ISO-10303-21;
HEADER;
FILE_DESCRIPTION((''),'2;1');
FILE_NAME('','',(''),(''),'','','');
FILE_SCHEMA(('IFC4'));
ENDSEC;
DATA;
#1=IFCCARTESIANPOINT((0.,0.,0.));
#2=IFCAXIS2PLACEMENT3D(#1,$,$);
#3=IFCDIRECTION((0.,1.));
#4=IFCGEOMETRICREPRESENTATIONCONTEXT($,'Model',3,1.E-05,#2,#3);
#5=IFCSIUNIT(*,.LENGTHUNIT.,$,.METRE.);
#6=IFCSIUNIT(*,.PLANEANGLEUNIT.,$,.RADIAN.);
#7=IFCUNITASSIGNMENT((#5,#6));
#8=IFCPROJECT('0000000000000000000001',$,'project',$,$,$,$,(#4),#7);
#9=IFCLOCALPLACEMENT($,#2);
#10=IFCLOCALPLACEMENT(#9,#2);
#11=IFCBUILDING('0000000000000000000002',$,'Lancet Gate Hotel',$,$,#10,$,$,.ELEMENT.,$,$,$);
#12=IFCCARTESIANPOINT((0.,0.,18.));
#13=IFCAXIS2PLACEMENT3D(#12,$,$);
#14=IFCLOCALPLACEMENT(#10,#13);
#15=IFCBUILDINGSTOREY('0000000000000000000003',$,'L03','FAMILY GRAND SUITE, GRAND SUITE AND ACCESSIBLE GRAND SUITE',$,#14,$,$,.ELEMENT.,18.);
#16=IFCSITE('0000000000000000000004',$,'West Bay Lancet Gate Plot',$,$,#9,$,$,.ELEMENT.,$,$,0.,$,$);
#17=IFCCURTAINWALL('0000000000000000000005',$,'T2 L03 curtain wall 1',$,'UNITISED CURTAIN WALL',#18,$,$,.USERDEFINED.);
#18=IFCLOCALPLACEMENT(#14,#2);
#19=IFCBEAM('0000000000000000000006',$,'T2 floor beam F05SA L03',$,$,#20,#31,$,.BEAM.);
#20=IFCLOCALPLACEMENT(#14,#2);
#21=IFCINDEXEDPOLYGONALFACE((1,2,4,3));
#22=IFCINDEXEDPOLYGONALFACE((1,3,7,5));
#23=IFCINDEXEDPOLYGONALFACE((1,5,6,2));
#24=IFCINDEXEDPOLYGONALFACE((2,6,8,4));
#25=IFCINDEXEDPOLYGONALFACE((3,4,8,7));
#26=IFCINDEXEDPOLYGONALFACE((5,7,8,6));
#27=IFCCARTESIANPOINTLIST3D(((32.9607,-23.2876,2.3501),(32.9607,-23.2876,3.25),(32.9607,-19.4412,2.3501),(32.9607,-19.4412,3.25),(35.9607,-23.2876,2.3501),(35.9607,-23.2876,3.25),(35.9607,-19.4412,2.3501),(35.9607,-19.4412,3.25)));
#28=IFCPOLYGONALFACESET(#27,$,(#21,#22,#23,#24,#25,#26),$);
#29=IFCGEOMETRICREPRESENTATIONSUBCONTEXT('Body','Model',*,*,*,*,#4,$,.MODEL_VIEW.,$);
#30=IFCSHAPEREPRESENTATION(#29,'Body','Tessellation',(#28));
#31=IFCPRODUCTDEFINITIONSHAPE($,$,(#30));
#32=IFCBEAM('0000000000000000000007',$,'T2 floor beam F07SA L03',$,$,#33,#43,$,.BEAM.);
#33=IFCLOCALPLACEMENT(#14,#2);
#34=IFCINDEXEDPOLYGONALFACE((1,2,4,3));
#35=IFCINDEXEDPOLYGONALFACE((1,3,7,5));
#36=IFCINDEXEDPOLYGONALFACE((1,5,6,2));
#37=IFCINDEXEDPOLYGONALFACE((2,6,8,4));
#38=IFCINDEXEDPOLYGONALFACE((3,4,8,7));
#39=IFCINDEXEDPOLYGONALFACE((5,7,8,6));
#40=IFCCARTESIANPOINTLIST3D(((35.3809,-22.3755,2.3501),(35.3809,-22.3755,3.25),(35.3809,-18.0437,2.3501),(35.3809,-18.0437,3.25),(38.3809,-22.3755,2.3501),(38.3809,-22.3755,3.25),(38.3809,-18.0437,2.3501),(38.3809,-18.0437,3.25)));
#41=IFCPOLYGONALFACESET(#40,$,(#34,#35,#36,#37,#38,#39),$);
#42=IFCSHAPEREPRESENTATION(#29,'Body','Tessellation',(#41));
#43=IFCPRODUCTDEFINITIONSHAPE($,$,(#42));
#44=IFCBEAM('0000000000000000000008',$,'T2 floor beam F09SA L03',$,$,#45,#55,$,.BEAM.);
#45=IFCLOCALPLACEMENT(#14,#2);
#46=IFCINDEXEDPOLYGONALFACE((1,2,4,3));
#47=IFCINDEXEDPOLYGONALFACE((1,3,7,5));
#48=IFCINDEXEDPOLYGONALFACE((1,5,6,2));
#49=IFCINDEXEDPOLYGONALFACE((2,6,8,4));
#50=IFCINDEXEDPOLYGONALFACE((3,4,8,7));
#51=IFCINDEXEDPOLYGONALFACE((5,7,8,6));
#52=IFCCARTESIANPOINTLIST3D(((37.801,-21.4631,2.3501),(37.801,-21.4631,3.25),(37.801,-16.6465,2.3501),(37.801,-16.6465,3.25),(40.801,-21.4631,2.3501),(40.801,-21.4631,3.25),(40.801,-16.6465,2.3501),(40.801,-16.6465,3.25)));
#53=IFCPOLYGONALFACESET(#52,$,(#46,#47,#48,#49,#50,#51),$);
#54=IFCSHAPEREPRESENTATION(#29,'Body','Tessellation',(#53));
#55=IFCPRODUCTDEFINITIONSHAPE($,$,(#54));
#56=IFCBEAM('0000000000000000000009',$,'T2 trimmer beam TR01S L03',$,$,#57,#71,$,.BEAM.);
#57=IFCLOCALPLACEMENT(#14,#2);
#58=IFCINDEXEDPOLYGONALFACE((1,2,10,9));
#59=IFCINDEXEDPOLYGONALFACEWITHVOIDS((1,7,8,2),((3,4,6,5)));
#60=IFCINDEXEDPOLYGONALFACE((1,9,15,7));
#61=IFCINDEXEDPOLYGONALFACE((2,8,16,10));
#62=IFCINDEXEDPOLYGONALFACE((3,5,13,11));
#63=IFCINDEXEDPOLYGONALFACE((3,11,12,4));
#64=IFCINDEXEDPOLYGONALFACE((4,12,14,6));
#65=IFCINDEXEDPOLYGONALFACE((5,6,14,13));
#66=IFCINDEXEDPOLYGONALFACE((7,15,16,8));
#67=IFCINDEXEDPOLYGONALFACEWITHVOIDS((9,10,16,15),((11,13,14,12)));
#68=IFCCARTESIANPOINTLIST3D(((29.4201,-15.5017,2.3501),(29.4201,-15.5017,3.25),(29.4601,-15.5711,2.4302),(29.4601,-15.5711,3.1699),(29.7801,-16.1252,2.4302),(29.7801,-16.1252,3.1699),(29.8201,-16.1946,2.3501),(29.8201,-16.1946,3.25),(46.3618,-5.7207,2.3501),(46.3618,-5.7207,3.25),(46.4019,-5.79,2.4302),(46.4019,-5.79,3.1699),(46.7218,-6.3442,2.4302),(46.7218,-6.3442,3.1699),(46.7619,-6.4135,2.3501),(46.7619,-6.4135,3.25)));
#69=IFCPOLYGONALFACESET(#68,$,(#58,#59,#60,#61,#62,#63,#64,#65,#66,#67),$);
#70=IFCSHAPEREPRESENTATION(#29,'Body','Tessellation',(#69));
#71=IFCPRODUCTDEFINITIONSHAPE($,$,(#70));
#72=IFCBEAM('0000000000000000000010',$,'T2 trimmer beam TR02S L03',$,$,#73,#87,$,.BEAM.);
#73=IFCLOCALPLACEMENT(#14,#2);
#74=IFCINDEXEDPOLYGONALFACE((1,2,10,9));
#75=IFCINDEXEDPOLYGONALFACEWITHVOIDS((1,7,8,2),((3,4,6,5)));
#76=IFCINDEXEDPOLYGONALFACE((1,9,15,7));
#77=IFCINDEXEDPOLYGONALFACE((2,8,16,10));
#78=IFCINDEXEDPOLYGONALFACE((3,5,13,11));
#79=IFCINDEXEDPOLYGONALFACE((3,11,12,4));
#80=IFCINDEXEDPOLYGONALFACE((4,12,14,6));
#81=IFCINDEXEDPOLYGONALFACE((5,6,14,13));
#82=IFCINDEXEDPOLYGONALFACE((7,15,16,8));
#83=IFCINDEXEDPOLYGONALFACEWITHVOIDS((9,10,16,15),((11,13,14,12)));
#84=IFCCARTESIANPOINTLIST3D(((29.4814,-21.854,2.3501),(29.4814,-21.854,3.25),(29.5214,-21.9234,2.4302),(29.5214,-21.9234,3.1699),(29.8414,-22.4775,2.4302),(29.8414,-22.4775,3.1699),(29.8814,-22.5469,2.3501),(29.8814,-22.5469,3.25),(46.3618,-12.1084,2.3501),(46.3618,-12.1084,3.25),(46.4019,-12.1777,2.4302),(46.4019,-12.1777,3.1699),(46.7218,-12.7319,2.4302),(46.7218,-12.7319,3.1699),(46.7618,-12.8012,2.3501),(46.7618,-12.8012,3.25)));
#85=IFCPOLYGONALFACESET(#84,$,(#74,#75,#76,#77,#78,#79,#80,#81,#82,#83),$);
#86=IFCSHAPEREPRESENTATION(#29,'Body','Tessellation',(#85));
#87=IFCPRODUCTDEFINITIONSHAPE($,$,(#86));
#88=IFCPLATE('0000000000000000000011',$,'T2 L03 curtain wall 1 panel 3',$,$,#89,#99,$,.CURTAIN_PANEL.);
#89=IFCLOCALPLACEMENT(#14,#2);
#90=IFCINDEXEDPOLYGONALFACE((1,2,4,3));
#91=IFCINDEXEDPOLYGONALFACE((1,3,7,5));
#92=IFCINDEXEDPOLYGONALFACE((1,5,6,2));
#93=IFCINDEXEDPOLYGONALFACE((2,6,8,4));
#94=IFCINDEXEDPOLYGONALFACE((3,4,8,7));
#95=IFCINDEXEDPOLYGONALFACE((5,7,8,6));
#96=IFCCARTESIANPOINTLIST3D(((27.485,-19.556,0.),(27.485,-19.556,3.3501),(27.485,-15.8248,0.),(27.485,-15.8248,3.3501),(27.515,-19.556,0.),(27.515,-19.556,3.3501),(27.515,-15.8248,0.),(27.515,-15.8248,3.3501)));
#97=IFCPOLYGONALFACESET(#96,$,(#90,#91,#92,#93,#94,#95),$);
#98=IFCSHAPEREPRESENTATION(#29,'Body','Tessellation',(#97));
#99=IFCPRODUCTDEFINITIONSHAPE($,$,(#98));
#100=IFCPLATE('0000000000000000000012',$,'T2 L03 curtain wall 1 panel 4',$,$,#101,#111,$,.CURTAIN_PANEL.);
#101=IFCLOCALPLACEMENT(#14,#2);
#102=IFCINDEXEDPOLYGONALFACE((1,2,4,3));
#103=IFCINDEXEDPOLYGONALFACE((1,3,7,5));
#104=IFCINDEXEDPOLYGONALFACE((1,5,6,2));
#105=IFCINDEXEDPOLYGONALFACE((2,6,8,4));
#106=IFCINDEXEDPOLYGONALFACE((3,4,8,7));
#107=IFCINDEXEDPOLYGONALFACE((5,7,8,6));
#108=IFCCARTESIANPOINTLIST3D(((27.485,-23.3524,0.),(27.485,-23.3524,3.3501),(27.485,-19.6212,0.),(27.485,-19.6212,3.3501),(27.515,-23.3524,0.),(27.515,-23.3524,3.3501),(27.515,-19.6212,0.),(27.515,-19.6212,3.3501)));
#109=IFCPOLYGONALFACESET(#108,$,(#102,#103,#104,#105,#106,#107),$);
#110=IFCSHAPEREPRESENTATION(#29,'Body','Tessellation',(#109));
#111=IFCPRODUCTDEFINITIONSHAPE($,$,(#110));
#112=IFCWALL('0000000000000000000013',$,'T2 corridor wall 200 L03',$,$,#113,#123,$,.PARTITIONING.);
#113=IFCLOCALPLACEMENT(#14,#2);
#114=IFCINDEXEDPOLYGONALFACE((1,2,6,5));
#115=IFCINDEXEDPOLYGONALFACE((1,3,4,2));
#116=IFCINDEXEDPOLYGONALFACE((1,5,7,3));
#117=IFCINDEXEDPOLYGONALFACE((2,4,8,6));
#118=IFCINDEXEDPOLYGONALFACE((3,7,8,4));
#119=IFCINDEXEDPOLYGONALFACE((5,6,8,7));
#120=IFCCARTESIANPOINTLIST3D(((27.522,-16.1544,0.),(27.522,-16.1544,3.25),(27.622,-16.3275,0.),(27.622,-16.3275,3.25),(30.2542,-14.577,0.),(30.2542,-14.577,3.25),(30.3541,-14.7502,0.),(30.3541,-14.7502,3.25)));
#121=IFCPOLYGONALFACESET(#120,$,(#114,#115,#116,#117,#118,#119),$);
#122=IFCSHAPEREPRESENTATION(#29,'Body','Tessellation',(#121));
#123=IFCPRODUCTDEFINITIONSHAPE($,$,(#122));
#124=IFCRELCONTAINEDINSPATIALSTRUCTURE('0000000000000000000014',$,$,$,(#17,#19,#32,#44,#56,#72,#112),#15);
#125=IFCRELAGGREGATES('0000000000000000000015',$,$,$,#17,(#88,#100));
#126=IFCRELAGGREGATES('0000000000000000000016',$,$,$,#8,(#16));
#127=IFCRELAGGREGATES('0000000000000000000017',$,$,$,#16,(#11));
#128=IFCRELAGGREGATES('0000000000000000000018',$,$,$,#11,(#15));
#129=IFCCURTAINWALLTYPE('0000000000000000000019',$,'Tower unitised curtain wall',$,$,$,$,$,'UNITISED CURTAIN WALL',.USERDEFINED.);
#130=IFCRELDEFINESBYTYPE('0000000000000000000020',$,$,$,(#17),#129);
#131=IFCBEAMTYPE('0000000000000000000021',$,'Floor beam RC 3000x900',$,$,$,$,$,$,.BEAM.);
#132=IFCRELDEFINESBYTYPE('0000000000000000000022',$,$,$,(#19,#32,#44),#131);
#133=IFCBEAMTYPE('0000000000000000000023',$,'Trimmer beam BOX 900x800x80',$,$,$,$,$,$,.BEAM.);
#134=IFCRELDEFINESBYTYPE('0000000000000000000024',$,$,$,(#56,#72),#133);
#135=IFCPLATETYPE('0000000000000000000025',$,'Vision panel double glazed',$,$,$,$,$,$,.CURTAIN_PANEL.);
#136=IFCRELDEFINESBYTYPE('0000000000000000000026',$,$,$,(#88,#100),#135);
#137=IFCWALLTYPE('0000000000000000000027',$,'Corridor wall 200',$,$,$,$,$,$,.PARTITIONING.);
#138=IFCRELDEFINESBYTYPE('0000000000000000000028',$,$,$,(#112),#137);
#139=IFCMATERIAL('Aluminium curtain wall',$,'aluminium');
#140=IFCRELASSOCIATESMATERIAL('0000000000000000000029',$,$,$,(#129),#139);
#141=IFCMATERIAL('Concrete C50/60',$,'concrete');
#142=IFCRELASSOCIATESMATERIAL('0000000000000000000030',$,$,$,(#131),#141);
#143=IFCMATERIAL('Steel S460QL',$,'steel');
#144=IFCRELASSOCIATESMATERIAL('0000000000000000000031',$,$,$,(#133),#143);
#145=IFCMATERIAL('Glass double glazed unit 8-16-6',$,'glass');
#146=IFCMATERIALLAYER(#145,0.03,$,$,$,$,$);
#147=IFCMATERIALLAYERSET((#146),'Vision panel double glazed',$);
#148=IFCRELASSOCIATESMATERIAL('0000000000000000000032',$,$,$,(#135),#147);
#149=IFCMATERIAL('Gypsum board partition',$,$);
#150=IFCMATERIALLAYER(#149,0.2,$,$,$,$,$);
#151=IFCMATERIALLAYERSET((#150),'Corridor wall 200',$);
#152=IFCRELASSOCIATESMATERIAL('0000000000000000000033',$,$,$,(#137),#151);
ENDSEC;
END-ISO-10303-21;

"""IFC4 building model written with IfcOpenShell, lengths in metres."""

from ifc_helpers import new_model, si_unit, direction, frame, frame_2d, origin, origin_2d, place, context, subcontext, project, spatial, rectangle, hollow_rectangle, extrude, material, layer, layer_set, material_profile, profile_set, type_object, element, aggregate, save


model = new_model("IFC4")

# Units and contexts
model_context = context("Model", 3, precision=1e-05, world=origin(), true_north=direction((0.0, 1.0)))
body_context = subcontext(model_context, "Body", "Model", "MODEL_VIEW")
ifc_project = project(units=[si_unit("LENGTHUNIT", "METRE"), si_unit("PLANEANGLEUNIT", "RADIAN")], contexts=[model_context])

# Site, building, storey
site_placement = place(None, origin())
site = spatial("IfcSite", under=ifc_project, at=site_placement, Name="West Bay Lancet Gate Plot", CompositionType="ELEMENT", RefElevation=0.0)
building_placement = place(site_placement, origin())
building = spatial("IfcBuilding", under=site, at=building_placement, Name="Lancet Gate Hotel", CompositionType="ELEMENT")
storey_placement = place(building_placement, frame((0.0, 0.0, 18.0)))
storey = spatial("IfcBuildingStorey", under=building, at=storey_placement, Name="L03", Description="FAMILY GRAND SUITE, GRAND SUITE AND ACCESSIBLE GRAND SUITE", CompositionType="ELEMENT", Elevation=18.0)

# Curtain wall
ifc_material_1 = material(Name="Aluminium curtain wall", Category="aluminium")
curtain_wall_type = type_object("IfcCurtainWallType", Name="Tower unitised curtain wall", ElementType="UNITISED CURTAIN WALL", PredefinedType="USERDEFINED", material=ifc_material_1)
curtain_wall_placement = place(storey_placement, origin())
curtain_wall = element("IfcCurtainWall", 1, at=curtain_wall_placement, inside=storey, type_object=curtain_wall_type, Name="T2 L03 curtain wall 1", ObjectType="UNITISED CURTAIN WALL", PredefinedType="USERDEFINED")

# Beams
ifc_material_2 = material(Name="Concrete C50/60", Category="concrete")
ifc_material_profile_1 = material_profile(ifc_material_2, rectangle(XDim=3.0, YDim=0.8999, at=origin_2d()), Name="RC 3000x900")
ifc_profile_set_1 = profile_set([ifc_material_profile_1], Name="Concrete C50/60")
beam_type_1 = type_object("IfcBeamType", Name="Floor beam RC 3000x900", PredefinedType="BEAM", material=ifc_profile_set_1)
beam_1_placement = place(storey_placement, frame((34.4607, -23.2876, 2.8), z_axis=(0.0, 1.0, 0.0), x_axis=(-1.0, 0.0, 0.0)))
element("IfcBeam", 2, at=beam_1_placement, inside=storey, type_object=beam_type_1, Name="T2 floor beam F05SA L03", PredefinedType="BEAM", context=body_context, shape_type="SweptSolid", body=[
    extrude(rectangle(XDim=3.0, YDim=0.8999, at=origin_2d()), origin(), (0.0, 0.0, 1.0), 3.8464),
])
beam_2_placement = place(storey_placement, frame((36.8809, -22.3755, 2.8), z_axis=(0.0, 1.0, 0.0), x_axis=(-1.0, 0.0, 0.0)))
element("IfcBeam", 3, at=beam_2_placement, inside=storey, type_object=beam_type_1, Name="T2 floor beam F07SA L03", PredefinedType="BEAM", context=body_context, shape_type="SweptSolid", body=[
    extrude(rectangle(XDim=3.0, YDim=0.8999, at=origin_2d()), origin(), (0.0, 0.0, 1.0), 4.3318),
])
beam_3_placement = place(storey_placement, frame((39.301, -21.4631, 2.8), z_axis=(0.0, 1.0, 0.0), x_axis=(-1.0, 0.0, 0.0)))
element("IfcBeam", 4, at=beam_3_placement, inside=storey, type_object=beam_type_1, Name="T2 floor beam F09SA L03", PredefinedType="BEAM", context=body_context, shape_type="SweptSolid", body=[
    extrude(rectangle(XDim=3.0, YDim=0.8999, at=origin_2d()), origin(), (0.0, 0.0, 1.0), 4.8167),
])
ifc_material_3 = material(Name="Steel S460QL", Category="steel")
ifc_material_profile_2 = material_profile(ifc_material_3, hollow_rectangle(XDim=0.8, YDim=0.8999, WallThickness=0.0801, at=origin_2d()), Name="BOX 900x800x80")
ifc_profile_set_2 = profile_set([ifc_material_profile_2], Name="Steel S460QL")
beam_type_2 = type_object("IfcBeamType", Name="Trimmer beam BOX 900x800x80", PredefinedType="BEAM", material=ifc_profile_set_2)
beam_4_placement = place(storey_placement, frame((29.6201, -15.8481, 2.8), z_axis=(0.866031, 0.49999, 0.0), x_axis=(-0.49999, 0.866031, 0.0)))
element("IfcBeam", 5, at=beam_4_placement, inside=storey, type_object=beam_type_2, Name="T2 trimmer beam TR01S L03", PredefinedType="BEAM", context=body_context, shape_type="SweptSolid", body=[
    extrude(hollow_rectangle(XDim=0.8, YDim=0.8999, WallThickness=0.0801, at=origin_2d()), origin(), (0.0, 0.0, 1.0), 19.5625),
])
beam_5_placement = place(storey_placement, frame((29.6814, -22.2004, 2.8), z_axis=(0.866032, 0.499989, 0.0), x_axis=(-0.499989, 0.866032, 0.0)))
element("IfcBeam", 6, at=beam_5_placement, inside=storey, type_object=beam_type_2, Name="T2 trimmer beam TR02S L03", PredefinedType="BEAM", context=body_context, shape_type="SweptSolid", body=[
    extrude(hollow_rectangle(XDim=0.8, YDim=0.8999, WallThickness=0.0801, at=origin_2d()), origin(), (0.0, 0.0, 1.0), 19.4917),
])

# Plates
ifc_material_4 = material(Name="Glass double glazed unit 8-16-6", Category="glass")
ifc_layer_1 = layer(ifc_material_4, 0.03)
ifc_layer_set_1 = layer_set([ifc_layer_1], Name="Vision panel double glazed")
plate_type = type_object("IfcPlateType", Name="Vision panel double glazed", PredefinedType="CURTAIN_PANEL", material=ifc_layer_set_1)
plate_1_placement = place(storey_placement, frame((27.5, -17.6904, 0.0), z_axis=(0.0, 0.0, 1.0), x_axis=(0.0, -1.0, 0.0)))
plate_1 = element("IfcPlate", 7, at=plate_1_placement, type_object=plate_type, Name="T2 L03 curtain wall 1 panel 3", PredefinedType="CURTAIN_PANEL", context=body_context, shape_type="SweptSolid", body=[
    extrude(rectangle(XDim=3.7312, YDim=0.03, at=origin_2d()), origin(), (0.0, 0.0, 1.0), 3.3501),
])
plate_2_placement = place(storey_placement, frame((27.5, -21.4868, 0.0), z_axis=(0.0, 0.0, 1.0), x_axis=(0.0, -1.0, 0.0)))
plate_2 = element("IfcPlate", 8, at=plate_2_placement, type_object=plate_type, Name="T2 L03 curtain wall 1 panel 4", PredefinedType="CURTAIN_PANEL", context=body_context, shape_type="SweptSolid", body=[
    extrude(rectangle(XDim=3.7312, YDim=0.03, at=origin_2d()), origin(), (0.0, 0.0, 1.0), 3.3501),
])
aggregate(curtain_wall, [plate_1, plate_2])

# Wall
ifc_material_5 = material(Name="Gypsum board partition")
ifc_layer_2 = layer(ifc_material_5, 0.2)
ifc_layer_set_2 = layer_set([ifc_layer_2], Name="Corridor wall 200")
wall_type_1 = type_object("IfcWallType", Name="Corridor wall 200", PredefinedType="PARTITIONING", material=ifc_layer_set_2)
wall_1_placement = place(storey_placement, frame((27.572, -16.241, 0.0), z_axis=(0.0, 0.0, 1.0), x_axis=(0.86603, 0.499993, 0.0)))
element("IfcWall", 9, at=wall_1_placement, inside=storey, type_object=wall_type_1, Name="T2 corridor wall 200 L03", PredefinedType="PARTITIONING", context=body_context, shape_type="SweptSolid", body=[
    extrude(rectangle(XDim=3.1548, YDim=0.2, at=frame_2d((1.5774, 0.0))), origin(), (0.0, 0.0, 1.0), 3.25),
])

save(model, "model.ifc")
